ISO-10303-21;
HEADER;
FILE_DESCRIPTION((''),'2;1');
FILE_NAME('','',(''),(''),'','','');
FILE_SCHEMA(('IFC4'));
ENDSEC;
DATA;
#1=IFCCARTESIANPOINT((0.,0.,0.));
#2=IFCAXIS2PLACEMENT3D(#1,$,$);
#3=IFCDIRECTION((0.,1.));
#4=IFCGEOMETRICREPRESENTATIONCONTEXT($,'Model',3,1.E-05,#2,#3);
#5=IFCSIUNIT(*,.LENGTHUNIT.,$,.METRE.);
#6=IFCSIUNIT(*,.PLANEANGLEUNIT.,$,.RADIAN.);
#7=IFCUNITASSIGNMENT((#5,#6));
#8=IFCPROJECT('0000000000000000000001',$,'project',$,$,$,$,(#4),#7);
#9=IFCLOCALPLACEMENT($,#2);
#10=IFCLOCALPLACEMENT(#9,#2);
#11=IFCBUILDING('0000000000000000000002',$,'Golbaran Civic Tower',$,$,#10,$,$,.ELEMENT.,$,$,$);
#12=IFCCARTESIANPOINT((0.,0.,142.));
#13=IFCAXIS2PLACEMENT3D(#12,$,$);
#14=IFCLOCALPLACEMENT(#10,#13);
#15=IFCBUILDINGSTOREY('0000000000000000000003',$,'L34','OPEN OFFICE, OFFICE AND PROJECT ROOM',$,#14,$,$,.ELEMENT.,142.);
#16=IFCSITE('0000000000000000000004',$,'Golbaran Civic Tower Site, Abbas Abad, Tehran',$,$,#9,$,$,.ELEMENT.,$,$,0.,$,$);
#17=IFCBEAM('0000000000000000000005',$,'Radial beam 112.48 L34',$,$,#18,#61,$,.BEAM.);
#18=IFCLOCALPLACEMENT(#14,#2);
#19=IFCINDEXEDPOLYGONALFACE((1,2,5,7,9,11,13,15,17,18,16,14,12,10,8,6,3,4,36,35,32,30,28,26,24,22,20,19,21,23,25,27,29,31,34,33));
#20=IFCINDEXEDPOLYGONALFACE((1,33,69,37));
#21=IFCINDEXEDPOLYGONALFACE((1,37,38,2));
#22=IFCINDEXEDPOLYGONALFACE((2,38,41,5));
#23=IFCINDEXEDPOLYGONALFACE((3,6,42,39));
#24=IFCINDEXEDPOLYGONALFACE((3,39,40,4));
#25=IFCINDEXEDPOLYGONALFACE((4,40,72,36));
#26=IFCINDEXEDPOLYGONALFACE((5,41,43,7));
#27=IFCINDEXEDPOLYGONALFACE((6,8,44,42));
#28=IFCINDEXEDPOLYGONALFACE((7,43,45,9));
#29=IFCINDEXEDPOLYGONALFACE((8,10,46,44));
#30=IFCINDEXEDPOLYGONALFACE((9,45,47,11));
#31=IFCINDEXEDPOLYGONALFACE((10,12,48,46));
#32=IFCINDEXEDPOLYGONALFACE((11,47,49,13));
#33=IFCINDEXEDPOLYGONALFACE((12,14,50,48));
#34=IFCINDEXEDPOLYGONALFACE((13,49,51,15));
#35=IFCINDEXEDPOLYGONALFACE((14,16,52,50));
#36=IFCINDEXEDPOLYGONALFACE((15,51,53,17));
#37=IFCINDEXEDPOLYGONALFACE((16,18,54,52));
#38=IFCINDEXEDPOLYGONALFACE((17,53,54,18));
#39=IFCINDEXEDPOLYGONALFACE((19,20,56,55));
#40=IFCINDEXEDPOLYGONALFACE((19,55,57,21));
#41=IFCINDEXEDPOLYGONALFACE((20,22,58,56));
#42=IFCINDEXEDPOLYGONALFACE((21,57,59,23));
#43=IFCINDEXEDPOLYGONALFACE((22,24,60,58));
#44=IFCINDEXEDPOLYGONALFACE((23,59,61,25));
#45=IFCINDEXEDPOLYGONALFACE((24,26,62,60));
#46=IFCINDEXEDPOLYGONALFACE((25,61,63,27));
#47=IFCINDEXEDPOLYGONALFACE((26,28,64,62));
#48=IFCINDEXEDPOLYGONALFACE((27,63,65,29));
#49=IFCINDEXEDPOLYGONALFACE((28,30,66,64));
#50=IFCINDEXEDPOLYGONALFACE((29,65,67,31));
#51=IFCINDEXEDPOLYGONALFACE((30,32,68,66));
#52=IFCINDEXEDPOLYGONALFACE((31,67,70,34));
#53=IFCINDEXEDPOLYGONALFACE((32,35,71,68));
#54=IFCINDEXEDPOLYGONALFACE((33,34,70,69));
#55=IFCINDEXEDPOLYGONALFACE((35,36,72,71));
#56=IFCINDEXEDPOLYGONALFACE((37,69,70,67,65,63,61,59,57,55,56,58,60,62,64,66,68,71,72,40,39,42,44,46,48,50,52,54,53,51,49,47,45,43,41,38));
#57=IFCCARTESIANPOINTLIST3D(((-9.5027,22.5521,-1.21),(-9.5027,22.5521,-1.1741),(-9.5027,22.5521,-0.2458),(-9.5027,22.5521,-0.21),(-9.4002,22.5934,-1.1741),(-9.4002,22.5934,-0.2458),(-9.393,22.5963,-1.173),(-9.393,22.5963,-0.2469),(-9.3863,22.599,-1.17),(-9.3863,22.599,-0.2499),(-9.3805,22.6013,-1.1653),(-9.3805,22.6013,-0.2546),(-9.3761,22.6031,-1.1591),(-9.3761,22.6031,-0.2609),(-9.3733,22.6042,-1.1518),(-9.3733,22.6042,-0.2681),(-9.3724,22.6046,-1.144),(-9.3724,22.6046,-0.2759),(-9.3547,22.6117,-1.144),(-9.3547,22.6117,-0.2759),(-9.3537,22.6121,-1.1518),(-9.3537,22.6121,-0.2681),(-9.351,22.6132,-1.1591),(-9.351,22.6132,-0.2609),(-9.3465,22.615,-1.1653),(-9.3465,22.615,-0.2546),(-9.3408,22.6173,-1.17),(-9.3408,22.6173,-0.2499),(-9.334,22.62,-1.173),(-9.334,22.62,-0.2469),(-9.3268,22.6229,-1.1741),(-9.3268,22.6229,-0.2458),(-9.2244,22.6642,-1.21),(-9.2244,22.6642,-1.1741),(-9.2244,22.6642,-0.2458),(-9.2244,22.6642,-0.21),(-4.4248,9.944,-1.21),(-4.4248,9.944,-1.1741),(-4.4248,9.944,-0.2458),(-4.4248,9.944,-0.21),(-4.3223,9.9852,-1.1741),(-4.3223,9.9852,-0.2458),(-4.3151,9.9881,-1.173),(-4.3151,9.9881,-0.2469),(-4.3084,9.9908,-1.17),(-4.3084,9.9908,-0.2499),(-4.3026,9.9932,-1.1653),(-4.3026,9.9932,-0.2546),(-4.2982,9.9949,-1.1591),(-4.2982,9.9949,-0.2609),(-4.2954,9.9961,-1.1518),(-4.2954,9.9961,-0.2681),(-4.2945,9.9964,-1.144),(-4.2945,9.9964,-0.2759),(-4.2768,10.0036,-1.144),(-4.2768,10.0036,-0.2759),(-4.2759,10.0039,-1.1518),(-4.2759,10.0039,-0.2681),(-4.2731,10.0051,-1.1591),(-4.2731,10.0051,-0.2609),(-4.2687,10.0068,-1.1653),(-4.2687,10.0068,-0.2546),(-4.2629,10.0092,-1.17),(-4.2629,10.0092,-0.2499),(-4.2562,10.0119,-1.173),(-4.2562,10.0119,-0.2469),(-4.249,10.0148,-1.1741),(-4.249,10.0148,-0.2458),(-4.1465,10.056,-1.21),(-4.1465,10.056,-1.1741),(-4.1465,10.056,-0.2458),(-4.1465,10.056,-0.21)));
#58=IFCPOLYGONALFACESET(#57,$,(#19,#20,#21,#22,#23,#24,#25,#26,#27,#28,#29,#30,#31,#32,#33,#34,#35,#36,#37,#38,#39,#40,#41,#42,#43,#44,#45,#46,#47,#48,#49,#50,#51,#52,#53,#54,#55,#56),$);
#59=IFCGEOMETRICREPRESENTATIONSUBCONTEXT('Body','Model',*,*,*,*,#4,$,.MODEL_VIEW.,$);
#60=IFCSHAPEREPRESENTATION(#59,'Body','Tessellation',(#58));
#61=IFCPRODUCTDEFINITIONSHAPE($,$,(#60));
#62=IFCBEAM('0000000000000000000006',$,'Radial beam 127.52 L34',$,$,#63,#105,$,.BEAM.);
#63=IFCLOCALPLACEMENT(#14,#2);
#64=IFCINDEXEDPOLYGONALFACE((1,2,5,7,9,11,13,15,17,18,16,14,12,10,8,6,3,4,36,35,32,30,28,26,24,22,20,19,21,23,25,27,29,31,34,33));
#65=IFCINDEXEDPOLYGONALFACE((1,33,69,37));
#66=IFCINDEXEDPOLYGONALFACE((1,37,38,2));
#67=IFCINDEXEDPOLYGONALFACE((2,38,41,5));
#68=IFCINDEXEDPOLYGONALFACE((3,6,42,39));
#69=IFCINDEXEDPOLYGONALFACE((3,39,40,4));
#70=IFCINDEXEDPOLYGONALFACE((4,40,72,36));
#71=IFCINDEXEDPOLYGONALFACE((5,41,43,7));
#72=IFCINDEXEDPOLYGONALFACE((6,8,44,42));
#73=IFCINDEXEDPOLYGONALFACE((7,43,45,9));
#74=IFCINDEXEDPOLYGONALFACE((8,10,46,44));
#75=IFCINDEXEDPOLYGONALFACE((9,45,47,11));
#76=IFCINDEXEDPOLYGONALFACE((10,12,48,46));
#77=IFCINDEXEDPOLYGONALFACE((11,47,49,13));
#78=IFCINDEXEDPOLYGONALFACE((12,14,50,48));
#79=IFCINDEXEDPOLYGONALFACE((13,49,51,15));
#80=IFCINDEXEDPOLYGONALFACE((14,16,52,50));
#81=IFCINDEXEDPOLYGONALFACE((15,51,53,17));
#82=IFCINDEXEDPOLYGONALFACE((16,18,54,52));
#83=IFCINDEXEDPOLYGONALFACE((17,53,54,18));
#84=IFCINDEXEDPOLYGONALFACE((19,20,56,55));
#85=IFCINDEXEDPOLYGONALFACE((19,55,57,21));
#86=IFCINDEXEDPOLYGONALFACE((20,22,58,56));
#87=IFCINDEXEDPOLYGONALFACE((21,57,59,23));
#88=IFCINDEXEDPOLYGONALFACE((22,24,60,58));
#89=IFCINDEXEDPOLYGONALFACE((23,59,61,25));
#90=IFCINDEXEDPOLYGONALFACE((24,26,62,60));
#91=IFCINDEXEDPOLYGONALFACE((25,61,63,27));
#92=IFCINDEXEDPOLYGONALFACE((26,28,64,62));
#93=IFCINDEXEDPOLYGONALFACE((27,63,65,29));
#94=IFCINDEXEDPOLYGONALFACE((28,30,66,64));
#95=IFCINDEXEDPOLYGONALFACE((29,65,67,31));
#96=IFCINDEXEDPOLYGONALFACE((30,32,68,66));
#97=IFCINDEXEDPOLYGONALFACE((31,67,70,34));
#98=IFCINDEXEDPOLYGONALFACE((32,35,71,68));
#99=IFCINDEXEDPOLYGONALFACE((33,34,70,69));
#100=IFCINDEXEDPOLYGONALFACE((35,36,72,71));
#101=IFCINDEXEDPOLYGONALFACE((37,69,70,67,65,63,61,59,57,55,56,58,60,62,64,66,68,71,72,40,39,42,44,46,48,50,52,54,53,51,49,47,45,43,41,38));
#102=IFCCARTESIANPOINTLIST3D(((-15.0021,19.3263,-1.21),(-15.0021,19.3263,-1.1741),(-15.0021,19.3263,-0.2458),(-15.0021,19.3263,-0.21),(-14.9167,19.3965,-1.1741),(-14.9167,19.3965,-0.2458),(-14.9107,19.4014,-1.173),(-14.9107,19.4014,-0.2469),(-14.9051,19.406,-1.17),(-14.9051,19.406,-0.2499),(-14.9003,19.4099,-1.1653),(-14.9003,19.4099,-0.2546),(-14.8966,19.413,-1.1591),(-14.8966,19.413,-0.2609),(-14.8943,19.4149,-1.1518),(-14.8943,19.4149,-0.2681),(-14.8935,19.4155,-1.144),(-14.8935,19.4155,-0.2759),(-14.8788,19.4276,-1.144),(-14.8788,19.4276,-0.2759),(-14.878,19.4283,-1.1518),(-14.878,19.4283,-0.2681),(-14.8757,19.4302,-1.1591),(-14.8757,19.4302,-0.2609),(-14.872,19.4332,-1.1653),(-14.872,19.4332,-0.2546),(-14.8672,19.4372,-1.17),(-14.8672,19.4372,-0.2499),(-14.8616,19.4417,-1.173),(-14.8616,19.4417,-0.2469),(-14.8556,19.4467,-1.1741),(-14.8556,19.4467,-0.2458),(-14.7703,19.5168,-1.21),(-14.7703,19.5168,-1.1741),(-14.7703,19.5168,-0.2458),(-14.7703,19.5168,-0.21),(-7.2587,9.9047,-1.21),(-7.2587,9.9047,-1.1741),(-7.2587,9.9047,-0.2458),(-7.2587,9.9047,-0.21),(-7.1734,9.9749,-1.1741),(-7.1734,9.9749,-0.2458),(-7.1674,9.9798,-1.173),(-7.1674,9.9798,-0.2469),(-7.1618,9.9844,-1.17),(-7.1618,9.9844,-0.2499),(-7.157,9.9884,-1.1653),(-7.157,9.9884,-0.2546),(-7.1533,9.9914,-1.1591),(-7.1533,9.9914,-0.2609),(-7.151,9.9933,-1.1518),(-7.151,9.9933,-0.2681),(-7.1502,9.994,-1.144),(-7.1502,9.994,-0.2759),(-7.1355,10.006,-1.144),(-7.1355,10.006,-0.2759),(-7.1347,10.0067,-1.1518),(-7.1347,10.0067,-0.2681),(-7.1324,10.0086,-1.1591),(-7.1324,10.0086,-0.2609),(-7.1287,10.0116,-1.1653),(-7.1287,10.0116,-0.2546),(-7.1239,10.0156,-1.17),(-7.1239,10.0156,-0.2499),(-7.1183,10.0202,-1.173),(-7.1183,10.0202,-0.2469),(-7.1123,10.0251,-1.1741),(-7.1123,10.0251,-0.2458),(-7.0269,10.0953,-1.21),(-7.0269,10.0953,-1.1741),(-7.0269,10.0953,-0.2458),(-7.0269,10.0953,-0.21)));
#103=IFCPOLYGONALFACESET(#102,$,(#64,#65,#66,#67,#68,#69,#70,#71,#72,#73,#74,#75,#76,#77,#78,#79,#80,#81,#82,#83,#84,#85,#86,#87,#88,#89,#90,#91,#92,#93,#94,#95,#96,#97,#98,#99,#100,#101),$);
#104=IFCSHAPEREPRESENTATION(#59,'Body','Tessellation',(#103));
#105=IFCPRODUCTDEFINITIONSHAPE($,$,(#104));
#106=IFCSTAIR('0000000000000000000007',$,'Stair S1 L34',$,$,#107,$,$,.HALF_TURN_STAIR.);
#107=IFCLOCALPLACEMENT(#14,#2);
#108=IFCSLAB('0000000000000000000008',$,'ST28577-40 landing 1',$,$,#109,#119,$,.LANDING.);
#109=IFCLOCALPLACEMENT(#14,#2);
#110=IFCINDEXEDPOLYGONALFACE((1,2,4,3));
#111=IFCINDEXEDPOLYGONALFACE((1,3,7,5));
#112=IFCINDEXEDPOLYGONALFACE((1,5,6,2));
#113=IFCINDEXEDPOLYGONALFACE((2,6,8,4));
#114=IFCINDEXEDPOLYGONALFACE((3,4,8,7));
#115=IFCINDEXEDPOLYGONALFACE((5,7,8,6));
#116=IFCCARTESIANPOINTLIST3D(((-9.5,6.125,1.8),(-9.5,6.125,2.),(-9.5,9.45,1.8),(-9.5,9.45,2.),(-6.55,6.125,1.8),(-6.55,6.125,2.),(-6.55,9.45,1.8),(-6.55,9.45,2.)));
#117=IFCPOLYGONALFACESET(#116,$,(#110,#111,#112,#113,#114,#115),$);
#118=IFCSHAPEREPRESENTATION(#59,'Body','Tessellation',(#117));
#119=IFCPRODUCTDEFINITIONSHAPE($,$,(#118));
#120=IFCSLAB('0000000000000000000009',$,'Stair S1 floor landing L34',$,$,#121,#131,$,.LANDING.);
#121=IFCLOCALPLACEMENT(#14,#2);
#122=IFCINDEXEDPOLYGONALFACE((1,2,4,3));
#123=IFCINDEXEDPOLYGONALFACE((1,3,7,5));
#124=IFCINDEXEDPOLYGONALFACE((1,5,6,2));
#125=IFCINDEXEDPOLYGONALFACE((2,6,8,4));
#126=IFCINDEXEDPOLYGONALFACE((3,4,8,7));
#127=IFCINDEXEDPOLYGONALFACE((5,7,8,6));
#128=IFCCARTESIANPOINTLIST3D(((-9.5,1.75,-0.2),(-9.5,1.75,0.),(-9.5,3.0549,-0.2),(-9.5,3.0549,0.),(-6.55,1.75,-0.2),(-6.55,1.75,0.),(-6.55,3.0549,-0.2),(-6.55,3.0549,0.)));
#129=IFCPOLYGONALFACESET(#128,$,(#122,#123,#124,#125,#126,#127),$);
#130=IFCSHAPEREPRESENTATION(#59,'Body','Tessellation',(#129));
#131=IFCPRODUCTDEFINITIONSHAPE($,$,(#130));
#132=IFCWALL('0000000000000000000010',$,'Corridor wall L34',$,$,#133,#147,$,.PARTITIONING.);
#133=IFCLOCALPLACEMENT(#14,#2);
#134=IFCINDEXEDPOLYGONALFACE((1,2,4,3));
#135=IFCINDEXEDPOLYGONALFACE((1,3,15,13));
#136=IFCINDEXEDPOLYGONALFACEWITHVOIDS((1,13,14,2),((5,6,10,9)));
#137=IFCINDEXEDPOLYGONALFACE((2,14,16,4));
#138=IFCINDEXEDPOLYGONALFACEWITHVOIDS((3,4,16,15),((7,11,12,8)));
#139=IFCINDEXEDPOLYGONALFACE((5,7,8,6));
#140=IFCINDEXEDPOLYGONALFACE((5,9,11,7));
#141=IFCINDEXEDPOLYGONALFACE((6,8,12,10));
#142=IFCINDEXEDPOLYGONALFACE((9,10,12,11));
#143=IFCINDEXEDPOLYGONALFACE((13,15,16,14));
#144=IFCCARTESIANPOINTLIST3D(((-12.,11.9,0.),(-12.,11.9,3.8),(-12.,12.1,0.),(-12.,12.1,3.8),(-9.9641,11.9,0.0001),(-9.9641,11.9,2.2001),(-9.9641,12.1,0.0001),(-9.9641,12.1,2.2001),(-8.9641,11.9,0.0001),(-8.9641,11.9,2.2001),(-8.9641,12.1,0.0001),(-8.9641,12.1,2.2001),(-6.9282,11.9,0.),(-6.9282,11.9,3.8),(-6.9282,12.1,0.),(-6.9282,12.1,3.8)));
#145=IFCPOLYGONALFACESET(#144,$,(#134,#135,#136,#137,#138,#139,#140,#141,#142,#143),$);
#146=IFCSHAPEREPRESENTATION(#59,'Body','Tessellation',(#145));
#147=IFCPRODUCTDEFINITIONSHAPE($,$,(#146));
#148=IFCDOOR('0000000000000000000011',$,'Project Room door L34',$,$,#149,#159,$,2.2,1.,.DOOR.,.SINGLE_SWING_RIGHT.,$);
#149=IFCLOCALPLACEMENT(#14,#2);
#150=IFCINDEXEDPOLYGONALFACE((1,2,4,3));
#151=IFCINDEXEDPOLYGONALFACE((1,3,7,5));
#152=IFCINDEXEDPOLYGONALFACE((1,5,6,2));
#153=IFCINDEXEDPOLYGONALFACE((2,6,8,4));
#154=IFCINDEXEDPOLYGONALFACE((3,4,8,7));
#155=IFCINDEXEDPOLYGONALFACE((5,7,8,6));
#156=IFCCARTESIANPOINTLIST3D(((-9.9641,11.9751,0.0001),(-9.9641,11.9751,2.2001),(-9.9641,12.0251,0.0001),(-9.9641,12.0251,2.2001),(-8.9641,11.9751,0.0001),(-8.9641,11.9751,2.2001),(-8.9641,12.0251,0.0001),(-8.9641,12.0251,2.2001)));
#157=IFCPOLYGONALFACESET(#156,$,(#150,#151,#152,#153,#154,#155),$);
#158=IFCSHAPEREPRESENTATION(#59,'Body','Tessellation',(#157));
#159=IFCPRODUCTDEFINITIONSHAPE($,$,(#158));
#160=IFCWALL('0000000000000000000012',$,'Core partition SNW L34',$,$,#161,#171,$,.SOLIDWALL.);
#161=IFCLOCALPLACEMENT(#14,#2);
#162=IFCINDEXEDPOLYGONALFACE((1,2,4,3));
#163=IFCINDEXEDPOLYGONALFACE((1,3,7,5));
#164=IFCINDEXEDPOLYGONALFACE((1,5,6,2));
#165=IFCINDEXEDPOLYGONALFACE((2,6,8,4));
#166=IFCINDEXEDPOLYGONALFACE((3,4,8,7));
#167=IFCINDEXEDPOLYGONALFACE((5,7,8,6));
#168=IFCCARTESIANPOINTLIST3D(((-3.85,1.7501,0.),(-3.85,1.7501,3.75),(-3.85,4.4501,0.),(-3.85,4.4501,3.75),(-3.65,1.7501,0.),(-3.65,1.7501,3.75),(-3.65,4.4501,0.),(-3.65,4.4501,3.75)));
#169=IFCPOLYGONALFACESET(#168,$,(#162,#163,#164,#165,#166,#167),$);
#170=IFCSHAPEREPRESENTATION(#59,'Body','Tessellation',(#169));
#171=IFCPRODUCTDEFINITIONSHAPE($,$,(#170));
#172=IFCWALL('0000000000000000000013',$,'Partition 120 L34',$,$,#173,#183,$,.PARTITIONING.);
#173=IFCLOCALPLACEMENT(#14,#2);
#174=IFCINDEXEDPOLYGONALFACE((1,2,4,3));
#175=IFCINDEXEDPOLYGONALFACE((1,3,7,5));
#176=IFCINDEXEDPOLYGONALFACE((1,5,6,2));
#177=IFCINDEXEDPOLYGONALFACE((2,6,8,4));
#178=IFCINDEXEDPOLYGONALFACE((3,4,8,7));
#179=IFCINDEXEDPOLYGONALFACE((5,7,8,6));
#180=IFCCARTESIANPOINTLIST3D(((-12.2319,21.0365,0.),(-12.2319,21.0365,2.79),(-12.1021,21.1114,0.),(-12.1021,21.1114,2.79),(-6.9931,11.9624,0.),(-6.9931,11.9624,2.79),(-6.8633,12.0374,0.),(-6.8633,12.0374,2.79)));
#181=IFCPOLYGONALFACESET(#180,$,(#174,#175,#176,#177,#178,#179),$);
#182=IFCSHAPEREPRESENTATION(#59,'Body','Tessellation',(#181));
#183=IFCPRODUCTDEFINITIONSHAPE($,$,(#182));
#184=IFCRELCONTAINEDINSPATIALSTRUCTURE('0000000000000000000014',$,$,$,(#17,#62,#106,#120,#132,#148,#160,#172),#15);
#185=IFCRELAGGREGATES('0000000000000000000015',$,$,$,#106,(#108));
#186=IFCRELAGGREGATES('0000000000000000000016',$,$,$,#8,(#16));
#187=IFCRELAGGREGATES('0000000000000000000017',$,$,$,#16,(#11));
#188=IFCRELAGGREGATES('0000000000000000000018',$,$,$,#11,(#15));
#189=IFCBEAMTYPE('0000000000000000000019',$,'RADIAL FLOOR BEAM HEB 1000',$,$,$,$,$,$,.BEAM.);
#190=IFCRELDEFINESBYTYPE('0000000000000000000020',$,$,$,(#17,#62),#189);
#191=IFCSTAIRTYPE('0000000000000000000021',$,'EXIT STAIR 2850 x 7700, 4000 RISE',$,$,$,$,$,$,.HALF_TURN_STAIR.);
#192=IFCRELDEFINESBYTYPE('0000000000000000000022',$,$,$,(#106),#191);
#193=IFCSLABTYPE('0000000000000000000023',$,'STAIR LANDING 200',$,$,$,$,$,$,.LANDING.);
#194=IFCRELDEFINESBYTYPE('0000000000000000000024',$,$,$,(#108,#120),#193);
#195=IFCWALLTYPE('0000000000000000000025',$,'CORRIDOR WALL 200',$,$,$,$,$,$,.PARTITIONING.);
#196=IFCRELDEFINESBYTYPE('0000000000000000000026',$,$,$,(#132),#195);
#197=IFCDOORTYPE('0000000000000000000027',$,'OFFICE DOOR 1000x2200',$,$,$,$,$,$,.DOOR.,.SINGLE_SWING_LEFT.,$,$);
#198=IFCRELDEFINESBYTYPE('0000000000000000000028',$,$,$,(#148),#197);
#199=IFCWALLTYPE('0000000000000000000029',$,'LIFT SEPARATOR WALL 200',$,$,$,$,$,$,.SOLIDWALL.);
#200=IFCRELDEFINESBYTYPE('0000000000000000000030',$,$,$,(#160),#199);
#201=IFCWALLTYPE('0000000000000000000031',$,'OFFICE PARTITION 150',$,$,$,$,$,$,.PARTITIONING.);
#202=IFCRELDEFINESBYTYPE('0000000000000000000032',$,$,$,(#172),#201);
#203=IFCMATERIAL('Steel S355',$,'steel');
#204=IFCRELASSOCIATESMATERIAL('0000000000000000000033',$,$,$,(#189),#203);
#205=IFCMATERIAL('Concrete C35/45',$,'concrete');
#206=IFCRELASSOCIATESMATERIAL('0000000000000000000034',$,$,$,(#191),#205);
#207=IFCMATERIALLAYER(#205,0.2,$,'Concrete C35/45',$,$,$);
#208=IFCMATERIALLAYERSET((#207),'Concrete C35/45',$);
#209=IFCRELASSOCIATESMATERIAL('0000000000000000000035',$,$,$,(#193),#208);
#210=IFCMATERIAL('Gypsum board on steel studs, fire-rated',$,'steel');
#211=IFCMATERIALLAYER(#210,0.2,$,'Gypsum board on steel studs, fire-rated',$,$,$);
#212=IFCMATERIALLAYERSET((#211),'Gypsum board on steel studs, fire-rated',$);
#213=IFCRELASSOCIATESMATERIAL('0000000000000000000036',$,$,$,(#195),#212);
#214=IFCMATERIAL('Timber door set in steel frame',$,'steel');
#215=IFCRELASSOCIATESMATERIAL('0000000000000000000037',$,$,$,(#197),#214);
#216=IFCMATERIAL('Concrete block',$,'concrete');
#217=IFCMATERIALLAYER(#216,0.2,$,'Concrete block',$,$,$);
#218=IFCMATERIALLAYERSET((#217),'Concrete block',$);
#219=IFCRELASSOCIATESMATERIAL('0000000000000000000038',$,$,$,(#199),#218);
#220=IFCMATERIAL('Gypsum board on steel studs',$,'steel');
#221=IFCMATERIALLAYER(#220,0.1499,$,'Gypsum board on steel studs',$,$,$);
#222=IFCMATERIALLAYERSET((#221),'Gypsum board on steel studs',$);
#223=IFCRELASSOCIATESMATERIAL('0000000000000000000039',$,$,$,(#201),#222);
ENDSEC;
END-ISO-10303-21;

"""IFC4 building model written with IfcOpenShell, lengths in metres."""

from ifc_helpers import new_model, si_unit, direction, frame, frame_2d, origin, origin_2d, place, context, subcontext, project, spatial, polyline, rectangle, i_section, outline, extrude, material, layer, layer_set, material_profile, profile_set, type_object, element, fill, aggregate, save


model = new_model("IFC4")

# Units and contexts
model_context = context("Model", 3, precision=1e-05, world=origin(), true_north=direction((0.0, 1.0)))
body_context = subcontext(model_context, "Body", "Model", "MODEL_VIEW")
ifc_project = project(units=[si_unit("LENGTHUNIT", "METRE"), si_unit("PLANEANGLEUNIT", "RADIAN")], contexts=[model_context])

# Site, building, storey
site_placement = place(None, origin())
site = spatial("IfcSite", under=ifc_project, at=site_placement, Name="Golbaran Civic Tower Site, Abbas Abad, Tehran", CompositionType="ELEMENT", RefElevation=0.0)
building_placement = place(site_placement, origin())
building = spatial("IfcBuilding", under=site, at=building_placement, Name="Golbaran Civic Tower", CompositionType="ELEMENT")
storey_placement = place(building_placement, frame((0.0, 0.0, 142.0)))
storey = spatial("IfcBuildingStorey", under=building, at=storey_placement, Name="L34", Description="OPEN OFFICE, OFFICE AND PROJECT ROOM", CompositionType="ELEMENT", Elevation=142.0)

# Beams
ifc_material_1 = material(Name="Steel S355", Category="steel")
ifc_material_profile_1 = material_profile(ifc_material_1, i_section(OverallWidth=0.3, OverallDepth=1.0, WebThickness=0.019, FlangeThickness=0.0359, FilletRadius=0.03, at=origin_2d()), Name="HEB 1000")
ifc_profile_set_1 = profile_set([ifc_material_profile_1], Name="Steel S355")
beam_type_1 = type_object("IfcBeamType", Name="RADIAL FLOOR BEAM HEB 1000", PredefinedType="BEAM", material=ifc_profile_set_1)
beam_1_placement = place(storey_placement, frame((-4.2856, 10.0, -0.71), z_axis=(-0.373585, 0.927596, 0.0), x_axis=(-0.927596, -0.373585, 0.0)))
element("IfcBeam", 1, at=beam_1_placement, inside=storey, type_object=beam_type_1, Name="Radial beam 112.48 L34", PredefinedType="BEAM", context=body_context, shape_type="SweptSolid", body=[
    extrude(i_section(OverallWidth=0.3, OverallDepth=1.0, WebThickness=0.019, FlangeThickness=0.0359, FilletRadius=0.03, at=origin_2d()), origin(), (0.0, 0.0, 1.0), 13.5923),
])
beam_2_placement = place(storey_placement, frame((-7.1428, 10.0, -0.71), z_axis=(-0.634946, 0.772557, 0.0), x_axis=(-0.772557, -0.634946, 0.0)))
element("IfcBeam", 2, at=beam_2_placement, inside=storey, type_object=beam_type_1, Name="Radial beam 127.52 L34", PredefinedType="BEAM", context=body_context, shape_type="SweptSolid", body=[
    extrude(i_section(OverallWidth=0.3, OverallDepth=1.0, WebThickness=0.019, FlangeThickness=0.0359, FilletRadius=0.03, at=origin_2d()), origin(), (0.0, 0.0, 1.0), 12.1953),
])

# Stair, slab
ifc_material_2 = material(Name="Concrete C35/45", Category="concrete")
stair_type = type_object("IfcStairType", Name="EXIT STAIR 2850 x 7700, 4000 RISE", PredefinedType="HALF_TURN_STAIR", material=ifc_material_2)
stair_placement = place(storey_placement, origin())
stair = element("IfcStair", 3, at=stair_placement, inside=storey, type_object=stair_type, Name="Stair S1 L34", PredefinedType="HALF_TURN_STAIR")
ifc_layer_1 = layer(ifc_material_2, 0.2, Name="Concrete C35/45")
ifc_layer_set_1 = layer_set([ifc_layer_1], Name="Concrete C35/45")
slab_type = type_object("IfcSlabType", Name="STAIR LANDING 200", PredefinedType="LANDING", material=ifc_layer_set_1)
slab_1_placement = place(storey_placement, frame((0.0, 0.0, 1.8)))
slab_1 = element("IfcSlab", 4, at=slab_1_placement, type_object=slab_type, Name="ST28577-40 landing 1", PredefinedType="LANDING", context=body_context, shape_type="SweptSolid", body=[
    extrude(outline(polyline([(-9.5, 6.125), (-9.5, 9.45), (-6.55, 9.45), (-6.55, 6.125), (-9.5, 6.125)])), origin(), (0.0, 0.0, 1.0), 0.2),
])

# Slab
slab_2_placement = place(storey_placement, frame((0.0, 0.0, -0.2)))
element("IfcSlab", 5, at=slab_2_placement, inside=storey, type_object=slab_type, Name="Stair S1 floor landing L34", PredefinedType="LANDING", context=body_context, shape_type="SweptSolid", body=[
    extrude(outline(polyline([(-9.5, 1.75), (-9.5, 3.0549), (-6.55, 3.0549), (-6.55, 1.75), (-9.5, 1.75)])), origin(), (0.0, 0.0, 1.0), 0.2),
])

# Wall, opening, door
ifc_material_3 = material(Name="Gypsum board on steel studs, fire-rated", Category="steel")
ifc_layer_2 = layer(ifc_material_3, 0.2, Name="Gypsum board on steel studs, fire-rated")
ifc_layer_set_2 = layer_set([ifc_layer_2], Name="Gypsum board on steel studs, fire-rated")
wall_type_1 = type_object("IfcWallType", Name="CORRIDOR WALL 200", PredefinedType="PARTITIONING", material=ifc_layer_set_2)
wall_1_placement = place(storey_placement, frame((-6.9282, 12.0, 0.0), z_axis=(0.0, 0.0, 1.0), x_axis=(-1.0, 0.0, 0.0)))
wall_1 = element("IfcWall", 6, at=wall_1_placement, inside=storey, type_object=wall_type_1, Name="Corridor wall L34", PredefinedType="PARTITIONING", context=body_context, shape_type="SweptSolid", body=[
    extrude(rectangle(XDim=5.0718, YDim=0.2, at=frame_2d((2.5359, 0.0))), origin(), (0.0, 0.0, 1.0), 3.8),
])
opening_1_placement = place(wall_1_placement, frame((2.0359, 0.0, 0.0)))
opening_1 = element("IfcOpeningElement", 7, at=opening_1_placement, cuts=wall_1, PredefinedType="OPENING", context=body_context, shape_type="SweptSolid", body=[
    extrude(rectangle(XDim=1.0, YDim=2.2, at=frame_2d((0.5, 1.1001))), frame((0.0, 0.1099, 0.0), z_axis=(0.0, -1.0, 0.0), x_axis=(1.0, 0.0, 0.0)), (0.0, 0.0, 1.0), 0.22),
])
ifc_material_4 = material(Name="Timber door set in steel frame", Category="steel")
door_type_1 = type_object("IfcDoorType", Name="OFFICE DOOR 1000x2200", OperationType="SINGLE_SWING_LEFT", PredefinedType="DOOR", material=ifc_material_4)
door_1_placement = place(opening_1_placement, origin())
door_1 = element("IfcDoor", 8, at=door_1_placement, inside=storey, type_object=door_type_1, Name="Project Room door L34", OperationType="SINGLE_SWING_RIGHT", OverallHeight=2.2, OverallWidth=1.0, PredefinedType="DOOR", context=body_context, shape_type="SweptSolid", body=[
    extrude(rectangle(XDim=1.0, YDim=2.2, at=frame_2d((0.5, 1.1001))), frame((0.0, 0.0249, 0.0), z_axis=(0.0, -1.0, 0.0), x_axis=(1.0, 0.0, 0.0)), (0.0, 0.0, 1.0), 0.05),
])
fill(opening_1, door_1)

# Walls
ifc_material_5 = material(Name="Concrete block", Category="concrete")
ifc_layer_3 = layer(ifc_material_5, 0.2, Name="Concrete block")
ifc_layer_set_3 = layer_set([ifc_layer_3], Name="Concrete block")
wall_type_2 = type_object("IfcWallType", Name="LIFT SEPARATOR WALL 200", PredefinedType="SOLIDWALL", material=ifc_layer_set_3)
wall_2_placement = place(storey_placement, frame((-3.75, 1.75, 0.0), z_axis=(0.0, 0.0, 1.0), x_axis=(0.0, 1.0, 0.0)))
element("IfcWall", 9, at=wall_2_placement, inside=storey, type_object=wall_type_2, Name="Core partition SNW L34", PredefinedType="SOLIDWALL", context=body_context, shape_type="SweptSolid", body=[
    extrude(rectangle(XDim=2.7, YDim=0.2, at=frame_2d((1.3501, 0.0))), origin(), (0.0, 0.0, 1.0), 3.75),
])
ifc_material_6 = material(Name="Gypsum board on steel studs", Category="steel")
ifc_layer_4 = layer(ifc_material_6, 0.1499, Name="Gypsum board on steel studs")
ifc_layer_set_4 = layer_set([ifc_layer_4], Name="Gypsum board on steel studs")
wall_type_3 = type_object("IfcWallType", Name="OFFICE PARTITION 150", PredefinedType="PARTITIONING", material=ifc_layer_set_4)
wall_3_placement = place(storey_placement, frame((-6.9282, 12.0, 0.0), z_axis=(0.0, 0.0, 1.0), x_axis=(-0.499993, 0.866029, 0.0)))
element("IfcWall", 10, at=wall_3_placement, inside=storey, type_object=wall_type_3, Name="Partition 120 L34", PredefinedType="PARTITIONING", context=body_context, shape_type="SweptSolid", body=[
    extrude(rectangle(XDim=10.4778, YDim=0.1499, at=frame_2d((5.2388, 0.0))), origin(), (0.0, 0.0, 1.0), 2.79),
])

aggregate(stair, [slab_1])

save(model, "model.ifc")
